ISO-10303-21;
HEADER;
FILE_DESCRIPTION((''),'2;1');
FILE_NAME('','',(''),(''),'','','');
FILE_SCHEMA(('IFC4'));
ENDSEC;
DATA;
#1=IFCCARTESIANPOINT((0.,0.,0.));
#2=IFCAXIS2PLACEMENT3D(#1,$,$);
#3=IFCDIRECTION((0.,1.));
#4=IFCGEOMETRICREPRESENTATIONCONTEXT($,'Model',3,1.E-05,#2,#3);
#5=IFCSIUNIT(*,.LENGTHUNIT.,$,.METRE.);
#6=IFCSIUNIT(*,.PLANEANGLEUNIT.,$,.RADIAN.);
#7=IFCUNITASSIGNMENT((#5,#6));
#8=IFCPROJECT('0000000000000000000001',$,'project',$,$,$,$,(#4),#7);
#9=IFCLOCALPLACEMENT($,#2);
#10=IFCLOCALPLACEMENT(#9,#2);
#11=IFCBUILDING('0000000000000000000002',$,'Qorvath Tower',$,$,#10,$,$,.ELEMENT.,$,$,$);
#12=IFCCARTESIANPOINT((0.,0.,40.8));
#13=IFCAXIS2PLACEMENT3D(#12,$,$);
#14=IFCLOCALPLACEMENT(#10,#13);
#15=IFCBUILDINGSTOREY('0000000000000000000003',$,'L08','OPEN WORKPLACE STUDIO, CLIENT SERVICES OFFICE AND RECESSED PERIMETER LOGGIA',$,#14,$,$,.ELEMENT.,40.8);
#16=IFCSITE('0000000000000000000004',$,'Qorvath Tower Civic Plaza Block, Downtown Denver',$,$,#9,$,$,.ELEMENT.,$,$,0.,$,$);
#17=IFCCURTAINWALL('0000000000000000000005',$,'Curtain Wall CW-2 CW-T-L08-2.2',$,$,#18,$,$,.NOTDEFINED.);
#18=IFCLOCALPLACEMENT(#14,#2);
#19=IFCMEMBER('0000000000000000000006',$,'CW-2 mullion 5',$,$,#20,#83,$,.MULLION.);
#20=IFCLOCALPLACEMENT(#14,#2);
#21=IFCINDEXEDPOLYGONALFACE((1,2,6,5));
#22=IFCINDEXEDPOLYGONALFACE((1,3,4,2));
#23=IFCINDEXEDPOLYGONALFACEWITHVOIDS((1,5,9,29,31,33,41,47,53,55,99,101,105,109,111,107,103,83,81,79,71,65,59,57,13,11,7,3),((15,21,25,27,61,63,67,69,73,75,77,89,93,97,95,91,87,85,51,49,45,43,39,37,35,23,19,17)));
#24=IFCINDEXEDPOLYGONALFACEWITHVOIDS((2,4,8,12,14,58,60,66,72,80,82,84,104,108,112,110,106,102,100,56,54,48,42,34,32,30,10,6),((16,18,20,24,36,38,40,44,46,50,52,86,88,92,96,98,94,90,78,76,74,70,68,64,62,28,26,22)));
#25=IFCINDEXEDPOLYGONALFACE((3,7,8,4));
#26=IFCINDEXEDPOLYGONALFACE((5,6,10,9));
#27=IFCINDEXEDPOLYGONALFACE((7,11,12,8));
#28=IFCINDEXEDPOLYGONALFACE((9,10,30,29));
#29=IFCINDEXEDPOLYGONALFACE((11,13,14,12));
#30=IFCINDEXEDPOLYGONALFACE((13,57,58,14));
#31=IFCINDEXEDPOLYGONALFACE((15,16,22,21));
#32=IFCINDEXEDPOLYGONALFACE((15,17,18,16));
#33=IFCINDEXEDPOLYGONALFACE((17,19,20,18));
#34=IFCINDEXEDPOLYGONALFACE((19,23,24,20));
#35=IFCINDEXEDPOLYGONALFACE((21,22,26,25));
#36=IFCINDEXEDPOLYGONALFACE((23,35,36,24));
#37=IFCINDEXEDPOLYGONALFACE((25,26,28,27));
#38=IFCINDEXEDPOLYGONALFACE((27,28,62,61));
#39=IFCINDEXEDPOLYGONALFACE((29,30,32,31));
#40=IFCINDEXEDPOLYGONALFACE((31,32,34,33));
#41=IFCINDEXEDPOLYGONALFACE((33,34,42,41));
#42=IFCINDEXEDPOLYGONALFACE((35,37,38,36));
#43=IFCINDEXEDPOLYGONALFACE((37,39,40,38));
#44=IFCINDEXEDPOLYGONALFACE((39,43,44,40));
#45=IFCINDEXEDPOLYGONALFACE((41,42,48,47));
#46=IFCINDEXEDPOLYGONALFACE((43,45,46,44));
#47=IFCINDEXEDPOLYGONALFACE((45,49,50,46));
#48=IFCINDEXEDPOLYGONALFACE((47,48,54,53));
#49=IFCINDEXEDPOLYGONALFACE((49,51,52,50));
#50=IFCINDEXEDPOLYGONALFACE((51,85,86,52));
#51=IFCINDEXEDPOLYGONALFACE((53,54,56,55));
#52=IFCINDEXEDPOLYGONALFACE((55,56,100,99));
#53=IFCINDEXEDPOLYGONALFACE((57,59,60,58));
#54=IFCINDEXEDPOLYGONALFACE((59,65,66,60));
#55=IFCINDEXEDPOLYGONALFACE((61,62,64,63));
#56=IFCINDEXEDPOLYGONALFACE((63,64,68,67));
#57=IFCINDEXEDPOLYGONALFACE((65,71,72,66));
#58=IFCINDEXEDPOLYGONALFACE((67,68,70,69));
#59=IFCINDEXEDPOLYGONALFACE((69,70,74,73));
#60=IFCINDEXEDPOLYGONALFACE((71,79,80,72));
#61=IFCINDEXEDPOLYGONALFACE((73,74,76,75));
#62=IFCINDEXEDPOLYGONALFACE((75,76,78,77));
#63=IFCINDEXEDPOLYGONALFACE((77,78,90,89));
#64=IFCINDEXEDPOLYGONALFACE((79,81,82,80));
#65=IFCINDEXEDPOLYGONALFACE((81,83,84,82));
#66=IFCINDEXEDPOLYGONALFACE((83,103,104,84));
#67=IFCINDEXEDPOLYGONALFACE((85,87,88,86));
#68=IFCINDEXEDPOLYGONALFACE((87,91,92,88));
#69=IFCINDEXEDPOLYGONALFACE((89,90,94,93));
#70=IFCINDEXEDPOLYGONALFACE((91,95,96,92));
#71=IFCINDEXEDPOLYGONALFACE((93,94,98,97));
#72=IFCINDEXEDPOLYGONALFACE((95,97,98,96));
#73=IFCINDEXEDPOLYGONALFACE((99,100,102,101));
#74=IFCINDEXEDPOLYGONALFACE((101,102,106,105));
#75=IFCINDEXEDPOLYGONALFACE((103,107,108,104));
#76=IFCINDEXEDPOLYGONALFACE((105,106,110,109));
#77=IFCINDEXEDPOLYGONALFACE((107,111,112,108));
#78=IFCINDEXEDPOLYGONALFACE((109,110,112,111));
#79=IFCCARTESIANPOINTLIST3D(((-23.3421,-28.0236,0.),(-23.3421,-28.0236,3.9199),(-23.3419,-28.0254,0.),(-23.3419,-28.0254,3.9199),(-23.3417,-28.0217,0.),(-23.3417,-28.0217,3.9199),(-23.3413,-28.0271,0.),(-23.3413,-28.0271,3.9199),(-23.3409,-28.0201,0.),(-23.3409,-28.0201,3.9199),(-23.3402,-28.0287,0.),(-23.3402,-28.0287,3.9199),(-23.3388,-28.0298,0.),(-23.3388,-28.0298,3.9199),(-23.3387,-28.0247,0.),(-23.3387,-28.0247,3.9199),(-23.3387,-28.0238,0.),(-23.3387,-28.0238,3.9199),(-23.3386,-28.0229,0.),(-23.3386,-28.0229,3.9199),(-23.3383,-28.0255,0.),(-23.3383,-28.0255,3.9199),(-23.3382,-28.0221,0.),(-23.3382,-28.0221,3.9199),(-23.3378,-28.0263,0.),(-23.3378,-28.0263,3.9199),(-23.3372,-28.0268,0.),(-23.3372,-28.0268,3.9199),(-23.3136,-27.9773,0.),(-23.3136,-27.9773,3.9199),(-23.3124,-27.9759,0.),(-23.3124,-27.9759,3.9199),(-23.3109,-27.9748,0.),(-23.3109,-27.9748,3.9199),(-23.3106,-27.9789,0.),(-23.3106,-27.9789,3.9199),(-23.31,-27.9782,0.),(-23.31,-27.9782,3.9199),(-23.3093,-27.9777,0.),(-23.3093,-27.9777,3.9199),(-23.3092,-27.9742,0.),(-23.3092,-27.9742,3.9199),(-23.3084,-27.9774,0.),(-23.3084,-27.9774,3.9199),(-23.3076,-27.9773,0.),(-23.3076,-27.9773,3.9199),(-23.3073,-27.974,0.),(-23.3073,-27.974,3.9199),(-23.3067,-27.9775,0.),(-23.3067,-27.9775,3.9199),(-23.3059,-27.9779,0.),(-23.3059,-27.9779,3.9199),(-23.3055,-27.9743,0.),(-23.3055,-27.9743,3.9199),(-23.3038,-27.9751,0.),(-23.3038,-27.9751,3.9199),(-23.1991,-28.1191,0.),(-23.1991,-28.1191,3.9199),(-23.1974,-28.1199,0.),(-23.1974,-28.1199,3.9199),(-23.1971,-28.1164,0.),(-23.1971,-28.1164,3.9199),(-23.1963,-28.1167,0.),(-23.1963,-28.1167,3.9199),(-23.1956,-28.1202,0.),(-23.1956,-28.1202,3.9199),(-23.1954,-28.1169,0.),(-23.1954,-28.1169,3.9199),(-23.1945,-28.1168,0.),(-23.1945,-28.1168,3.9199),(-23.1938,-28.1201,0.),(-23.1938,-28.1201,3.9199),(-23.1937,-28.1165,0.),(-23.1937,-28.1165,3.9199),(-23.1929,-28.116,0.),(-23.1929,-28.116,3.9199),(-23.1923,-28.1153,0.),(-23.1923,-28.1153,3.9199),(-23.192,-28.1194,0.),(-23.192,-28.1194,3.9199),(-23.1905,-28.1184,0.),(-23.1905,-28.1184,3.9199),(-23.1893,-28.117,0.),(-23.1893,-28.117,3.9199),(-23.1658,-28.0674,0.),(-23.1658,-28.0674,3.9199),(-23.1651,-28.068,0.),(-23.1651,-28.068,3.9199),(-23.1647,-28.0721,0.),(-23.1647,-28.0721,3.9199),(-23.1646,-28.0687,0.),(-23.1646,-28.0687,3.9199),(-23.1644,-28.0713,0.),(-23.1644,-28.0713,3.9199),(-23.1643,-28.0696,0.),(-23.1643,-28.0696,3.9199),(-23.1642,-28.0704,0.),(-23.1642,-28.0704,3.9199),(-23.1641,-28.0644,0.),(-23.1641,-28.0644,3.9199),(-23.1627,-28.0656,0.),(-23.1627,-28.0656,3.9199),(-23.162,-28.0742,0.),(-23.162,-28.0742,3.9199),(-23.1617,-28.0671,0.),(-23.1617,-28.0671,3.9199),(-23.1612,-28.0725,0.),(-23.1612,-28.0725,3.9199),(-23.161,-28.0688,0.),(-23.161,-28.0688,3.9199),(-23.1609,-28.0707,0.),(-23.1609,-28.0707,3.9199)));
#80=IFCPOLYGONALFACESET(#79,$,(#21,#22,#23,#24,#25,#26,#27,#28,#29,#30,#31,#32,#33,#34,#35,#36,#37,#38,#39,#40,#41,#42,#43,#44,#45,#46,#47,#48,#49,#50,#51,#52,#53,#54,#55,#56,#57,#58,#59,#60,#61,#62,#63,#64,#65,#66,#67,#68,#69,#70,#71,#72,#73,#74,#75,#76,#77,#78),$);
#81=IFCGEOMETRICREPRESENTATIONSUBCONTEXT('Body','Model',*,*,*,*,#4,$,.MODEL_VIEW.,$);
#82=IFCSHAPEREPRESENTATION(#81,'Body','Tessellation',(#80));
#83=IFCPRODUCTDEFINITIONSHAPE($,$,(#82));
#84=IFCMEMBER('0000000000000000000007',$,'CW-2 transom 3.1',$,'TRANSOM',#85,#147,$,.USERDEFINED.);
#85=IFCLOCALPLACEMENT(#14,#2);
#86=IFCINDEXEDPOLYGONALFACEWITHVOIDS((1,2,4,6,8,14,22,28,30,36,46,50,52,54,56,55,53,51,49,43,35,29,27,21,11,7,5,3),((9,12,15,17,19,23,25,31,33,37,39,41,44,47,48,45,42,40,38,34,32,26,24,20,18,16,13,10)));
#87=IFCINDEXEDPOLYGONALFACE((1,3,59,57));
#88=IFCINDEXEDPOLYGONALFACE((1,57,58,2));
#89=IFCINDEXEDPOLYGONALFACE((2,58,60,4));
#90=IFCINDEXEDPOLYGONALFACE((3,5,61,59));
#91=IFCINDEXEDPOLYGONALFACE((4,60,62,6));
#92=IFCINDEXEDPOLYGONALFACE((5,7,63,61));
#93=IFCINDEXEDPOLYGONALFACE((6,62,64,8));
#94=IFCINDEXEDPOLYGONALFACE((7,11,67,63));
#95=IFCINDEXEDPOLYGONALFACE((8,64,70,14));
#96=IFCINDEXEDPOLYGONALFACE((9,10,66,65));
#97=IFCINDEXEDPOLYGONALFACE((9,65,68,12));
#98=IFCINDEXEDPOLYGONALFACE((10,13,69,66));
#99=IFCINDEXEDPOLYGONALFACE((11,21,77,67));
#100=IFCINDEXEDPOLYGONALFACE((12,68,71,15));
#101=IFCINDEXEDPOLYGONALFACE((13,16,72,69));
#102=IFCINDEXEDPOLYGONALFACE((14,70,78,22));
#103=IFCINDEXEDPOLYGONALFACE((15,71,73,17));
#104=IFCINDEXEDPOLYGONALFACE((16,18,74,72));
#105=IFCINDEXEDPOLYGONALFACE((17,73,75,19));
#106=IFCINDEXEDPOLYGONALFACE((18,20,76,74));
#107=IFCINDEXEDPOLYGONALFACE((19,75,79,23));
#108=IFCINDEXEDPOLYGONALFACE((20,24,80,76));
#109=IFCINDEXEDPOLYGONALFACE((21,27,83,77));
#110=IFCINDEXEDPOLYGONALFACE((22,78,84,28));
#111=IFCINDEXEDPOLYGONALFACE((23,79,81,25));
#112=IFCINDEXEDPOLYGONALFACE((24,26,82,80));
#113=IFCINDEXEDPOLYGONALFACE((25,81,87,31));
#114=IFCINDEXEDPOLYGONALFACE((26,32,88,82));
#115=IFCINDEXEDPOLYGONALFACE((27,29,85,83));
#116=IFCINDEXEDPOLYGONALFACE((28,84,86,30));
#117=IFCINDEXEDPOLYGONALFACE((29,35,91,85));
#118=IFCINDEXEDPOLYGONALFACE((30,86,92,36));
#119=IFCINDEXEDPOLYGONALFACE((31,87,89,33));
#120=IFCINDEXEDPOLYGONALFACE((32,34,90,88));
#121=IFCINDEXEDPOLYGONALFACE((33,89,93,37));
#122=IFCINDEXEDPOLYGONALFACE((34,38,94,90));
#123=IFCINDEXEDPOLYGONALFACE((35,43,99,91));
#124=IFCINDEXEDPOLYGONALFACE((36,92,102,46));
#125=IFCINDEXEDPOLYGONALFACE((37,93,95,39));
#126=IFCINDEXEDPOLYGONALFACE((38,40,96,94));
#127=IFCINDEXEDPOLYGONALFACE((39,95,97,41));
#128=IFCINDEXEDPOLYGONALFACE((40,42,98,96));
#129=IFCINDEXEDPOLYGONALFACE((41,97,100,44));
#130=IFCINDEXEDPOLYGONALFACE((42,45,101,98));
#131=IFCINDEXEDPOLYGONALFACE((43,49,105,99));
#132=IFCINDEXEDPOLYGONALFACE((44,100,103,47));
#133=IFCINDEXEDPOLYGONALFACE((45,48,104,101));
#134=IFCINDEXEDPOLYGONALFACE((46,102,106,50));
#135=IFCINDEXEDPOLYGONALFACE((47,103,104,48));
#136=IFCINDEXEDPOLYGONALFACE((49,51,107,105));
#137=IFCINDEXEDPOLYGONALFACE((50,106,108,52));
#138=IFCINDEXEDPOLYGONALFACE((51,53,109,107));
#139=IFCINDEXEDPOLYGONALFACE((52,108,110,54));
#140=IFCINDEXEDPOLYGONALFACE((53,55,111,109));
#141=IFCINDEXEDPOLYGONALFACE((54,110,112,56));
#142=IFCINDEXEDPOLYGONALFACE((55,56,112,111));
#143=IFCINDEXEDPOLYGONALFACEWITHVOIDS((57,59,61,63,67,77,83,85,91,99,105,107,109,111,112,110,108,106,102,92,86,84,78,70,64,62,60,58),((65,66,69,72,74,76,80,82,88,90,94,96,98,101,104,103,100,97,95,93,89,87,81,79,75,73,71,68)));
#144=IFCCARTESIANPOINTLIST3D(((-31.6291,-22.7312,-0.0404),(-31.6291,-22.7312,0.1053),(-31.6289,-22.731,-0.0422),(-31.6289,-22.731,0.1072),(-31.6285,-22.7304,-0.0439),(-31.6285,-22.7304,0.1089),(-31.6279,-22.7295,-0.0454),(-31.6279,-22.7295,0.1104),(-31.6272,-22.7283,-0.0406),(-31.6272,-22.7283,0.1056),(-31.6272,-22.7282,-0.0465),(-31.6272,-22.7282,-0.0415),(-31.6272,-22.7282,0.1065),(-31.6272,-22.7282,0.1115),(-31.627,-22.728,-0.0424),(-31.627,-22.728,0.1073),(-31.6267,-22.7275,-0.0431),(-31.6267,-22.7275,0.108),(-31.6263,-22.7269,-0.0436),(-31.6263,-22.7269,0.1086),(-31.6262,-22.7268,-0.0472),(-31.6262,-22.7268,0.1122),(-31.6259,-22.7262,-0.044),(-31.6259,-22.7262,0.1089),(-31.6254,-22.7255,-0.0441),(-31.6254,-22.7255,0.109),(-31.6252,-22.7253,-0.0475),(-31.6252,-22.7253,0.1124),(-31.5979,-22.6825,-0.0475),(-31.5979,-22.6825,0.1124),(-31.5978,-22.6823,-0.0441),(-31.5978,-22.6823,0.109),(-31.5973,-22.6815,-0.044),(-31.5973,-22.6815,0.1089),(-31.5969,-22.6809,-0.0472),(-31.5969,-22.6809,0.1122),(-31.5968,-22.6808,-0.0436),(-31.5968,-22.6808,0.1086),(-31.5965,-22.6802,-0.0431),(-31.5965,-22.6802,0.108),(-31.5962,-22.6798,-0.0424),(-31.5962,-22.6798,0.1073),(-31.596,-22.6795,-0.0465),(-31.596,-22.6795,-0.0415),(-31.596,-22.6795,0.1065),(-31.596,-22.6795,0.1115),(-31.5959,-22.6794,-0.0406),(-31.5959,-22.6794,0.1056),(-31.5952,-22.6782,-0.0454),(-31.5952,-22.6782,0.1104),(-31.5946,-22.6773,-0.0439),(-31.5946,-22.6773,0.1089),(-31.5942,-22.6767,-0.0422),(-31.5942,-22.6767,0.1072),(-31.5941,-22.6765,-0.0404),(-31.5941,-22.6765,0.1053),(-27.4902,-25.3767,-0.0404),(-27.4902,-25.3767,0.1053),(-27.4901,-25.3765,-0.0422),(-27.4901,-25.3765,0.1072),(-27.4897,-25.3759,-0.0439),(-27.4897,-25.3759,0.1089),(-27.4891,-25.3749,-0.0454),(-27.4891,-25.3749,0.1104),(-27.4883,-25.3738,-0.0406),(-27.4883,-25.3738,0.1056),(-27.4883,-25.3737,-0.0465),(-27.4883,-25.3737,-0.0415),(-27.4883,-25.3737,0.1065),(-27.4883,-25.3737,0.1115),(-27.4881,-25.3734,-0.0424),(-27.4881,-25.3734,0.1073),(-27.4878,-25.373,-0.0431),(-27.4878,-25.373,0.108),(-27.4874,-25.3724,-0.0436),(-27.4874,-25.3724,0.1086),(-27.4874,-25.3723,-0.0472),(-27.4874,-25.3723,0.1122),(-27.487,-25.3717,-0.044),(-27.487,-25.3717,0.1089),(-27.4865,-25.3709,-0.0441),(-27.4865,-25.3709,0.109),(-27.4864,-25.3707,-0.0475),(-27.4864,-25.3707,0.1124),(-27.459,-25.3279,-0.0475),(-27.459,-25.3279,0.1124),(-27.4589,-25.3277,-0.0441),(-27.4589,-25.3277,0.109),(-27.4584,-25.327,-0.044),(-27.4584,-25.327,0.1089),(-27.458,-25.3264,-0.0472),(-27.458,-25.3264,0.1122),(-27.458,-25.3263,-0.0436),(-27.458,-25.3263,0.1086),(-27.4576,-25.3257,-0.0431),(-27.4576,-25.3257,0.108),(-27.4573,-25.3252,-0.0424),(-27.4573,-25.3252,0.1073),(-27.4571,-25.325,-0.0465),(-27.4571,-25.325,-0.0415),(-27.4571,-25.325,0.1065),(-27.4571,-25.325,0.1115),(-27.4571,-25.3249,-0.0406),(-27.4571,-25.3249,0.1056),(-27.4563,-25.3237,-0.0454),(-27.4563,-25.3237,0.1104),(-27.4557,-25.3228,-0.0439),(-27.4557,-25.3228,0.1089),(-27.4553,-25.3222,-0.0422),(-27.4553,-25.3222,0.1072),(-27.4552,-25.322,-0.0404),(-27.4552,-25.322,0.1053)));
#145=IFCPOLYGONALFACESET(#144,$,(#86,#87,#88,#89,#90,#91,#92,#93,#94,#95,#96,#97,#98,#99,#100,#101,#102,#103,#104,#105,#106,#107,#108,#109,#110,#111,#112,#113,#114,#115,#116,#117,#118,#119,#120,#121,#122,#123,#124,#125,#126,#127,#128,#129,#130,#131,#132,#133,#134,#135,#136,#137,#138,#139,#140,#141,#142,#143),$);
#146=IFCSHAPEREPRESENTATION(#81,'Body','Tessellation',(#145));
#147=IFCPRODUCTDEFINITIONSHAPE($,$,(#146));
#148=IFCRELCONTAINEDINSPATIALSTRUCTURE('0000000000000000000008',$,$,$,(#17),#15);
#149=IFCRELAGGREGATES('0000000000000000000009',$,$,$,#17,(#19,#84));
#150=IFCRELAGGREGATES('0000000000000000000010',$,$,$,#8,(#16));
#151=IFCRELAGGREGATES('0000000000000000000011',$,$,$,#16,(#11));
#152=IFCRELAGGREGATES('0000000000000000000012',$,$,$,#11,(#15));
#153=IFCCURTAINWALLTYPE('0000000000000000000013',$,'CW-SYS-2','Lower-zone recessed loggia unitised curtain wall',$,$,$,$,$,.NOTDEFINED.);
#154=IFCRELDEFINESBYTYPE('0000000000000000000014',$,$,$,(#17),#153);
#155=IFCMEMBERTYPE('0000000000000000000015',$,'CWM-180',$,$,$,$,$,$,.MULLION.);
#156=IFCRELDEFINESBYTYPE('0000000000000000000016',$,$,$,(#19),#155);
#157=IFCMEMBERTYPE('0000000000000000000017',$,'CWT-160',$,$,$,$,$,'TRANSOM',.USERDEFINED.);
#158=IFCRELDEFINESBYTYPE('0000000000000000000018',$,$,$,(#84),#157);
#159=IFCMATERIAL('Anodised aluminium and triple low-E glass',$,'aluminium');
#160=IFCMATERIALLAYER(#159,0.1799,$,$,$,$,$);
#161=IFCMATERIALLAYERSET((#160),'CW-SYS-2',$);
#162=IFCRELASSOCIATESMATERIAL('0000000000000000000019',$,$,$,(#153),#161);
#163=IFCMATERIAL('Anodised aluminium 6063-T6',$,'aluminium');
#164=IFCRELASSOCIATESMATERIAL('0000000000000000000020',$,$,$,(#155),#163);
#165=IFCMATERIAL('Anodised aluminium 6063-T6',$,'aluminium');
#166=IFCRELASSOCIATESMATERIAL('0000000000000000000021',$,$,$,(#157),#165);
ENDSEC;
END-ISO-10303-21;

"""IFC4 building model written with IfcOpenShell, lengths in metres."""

from ifc_helpers import new_model, si_unit, direction, frame, origin, origin_2d, place, context, subcontext, project, spatial, hollow_rectangle, extrude, material, layer, layer_set, material_profile, profile_set, type_object, element, aggregate, save


model = new_model("IFC4")

# Units and contexts
model_context = context("Model", 3, precision=1e-05, world=origin(), true_north=direction((0.0, 1.0)))
body_context = subcontext(model_context, "Body", "Model", "MODEL_VIEW")
ifc_project = project(units=[si_unit("LENGTHUNIT", "METRE"), si_unit("PLANEANGLEUNIT", "RADIAN")], contexts=[model_context])

# Site, building, storey
site_placement = place(None, origin())
site = spatial("IfcSite", under=ifc_project, at=site_placement, Name="Qorvath Tower Civic Plaza Block, Downtown Denver", CompositionType="ELEMENT", RefElevation=0.0)
building_placement = place(site_placement, origin())
building = spatial("IfcBuilding", under=site, at=building_placement, Name="Qorvath Tower", CompositionType="ELEMENT")
storey_placement = place(building_placement, frame((0.0, 0.0, 40.8)))
storey = spatial("IfcBuildingStorey", under=building, at=storey_placement, Name="L08", Description="OPEN WORKPLACE STUDIO, CLIENT SERVICES OFFICE AND RECESSED PERIMETER LOGGIA", CompositionType="ELEMENT", Elevation=40.8)

# Curtain wall, members
ifc_material_1 = material(Name="Anodised aluminium and triple low-E glass", Category="aluminium")
ifc_layer_1 = layer(ifc_material_1, 0.1799)
ifc_layer_set_1 = layer_set([ifc_layer_1], Name="CW-SYS-2")
curtain_wall_type = type_object("IfcCurtainWallType", Name="CW-SYS-2", Description="Lower-zone recessed loggia unitised curtain wall", PredefinedType="NOTDEFINED", material=ifc_layer_set_1)
curtain_wall_placement = place(storey_placement, origin())
curtain_wall = element("IfcCurtainWall", 1, at=curtain_wall_placement, inside=storey, type_object=curtain_wall_type, Name="Curtain Wall CW-2 CW-T-L08-2.2", PredefinedType="NOTDEFINED")
ifc_material_2 = material(Name="Anodised aluminium 6063-T6", Category="aluminium")
ifc_material_profile_1 = material_profile(ifc_material_2, hollow_rectangle(XDim=0.0649, YDim=0.1799, WallThickness=0.0034, InnerFilletRadius=0.0034, OuterFilletRadius=0.0071, at=origin_2d()), Name="CWM 180x65")
ifc_profile_set_1 = profile_set([ifc_material_profile_1], Name="Anodised aluminium 6063-T6")
member_type_1 = type_object("IfcMemberType", Name="CWM-180", PredefinedType="MULLION", material=ifc_profile_set_1)
member_1_placement = place(storey_placement, frame((-23.2515, -28.0471, 0.0), z_axis=(0.0, 0.0, 1.0), x_axis=(0.538537, 0.842602, 0.0)))
member_1 = element("IfcMember", 2, at=member_1_placement, type_object=member_type_1, Name="CW-2 mullion 5", PredefinedType="MULLION", context=body_context, shape_type="SweptSolid", body=[
    extrude(hollow_rectangle(XDim=0.0649, YDim=0.1799, WallThickness=0.0034, InnerFilletRadius=0.0034, OuterFilletRadius=0.0071, at=origin_2d()), origin(), (0.0, 0.0, 1.0), 3.9199),
])
ifc_material_3 = material(Name="Anodised aluminium 6063-T6", Category="aluminium")
ifc_material_profile_2 = material_profile(ifc_material_3, hollow_rectangle(XDim=0.0649, YDim=0.1599, WallThickness=0.0034, InnerFilletRadius=0.0034, OuterFilletRadius=0.0071, at=origin_2d()), Name="CWT 160x65")
ifc_profile_set_2 = profile_set([ifc_material_profile_2], Name="Anodised aluminium 6063-T6")
member_type_2 = type_object("IfcMemberType", Name="CWT-160", ElementType="TRANSOM", PredefinedType="USERDEFINED", material=ifc_profile_set_2)
member_2_placement = place(storey_placement, frame((-31.6116, -22.7039, 0.0325), z_axis=(0.842585, -0.538563, 0.0), x_axis=(0.538563, 0.842585, 0.0)))
member_2 = element("IfcMember", 3, at=member_2_placement, type_object=member_type_2, Name="CW-2 transom 3.1", ObjectType="TRANSOM", PredefinedType="USERDEFINED", context=body_context, shape_type="SweptSolid", body=[
    extrude(hollow_rectangle(XDim=0.0649, YDim=0.1599, WallThickness=0.0034, InnerFilletRadius=0.0034, OuterFilletRadius=0.0071, at=origin_2d()), origin(), (0.0, 0.0, 1.0), 4.9121),
])
aggregate(curtain_wall, [member_1, member_2])

save(model, "model.ifc")
